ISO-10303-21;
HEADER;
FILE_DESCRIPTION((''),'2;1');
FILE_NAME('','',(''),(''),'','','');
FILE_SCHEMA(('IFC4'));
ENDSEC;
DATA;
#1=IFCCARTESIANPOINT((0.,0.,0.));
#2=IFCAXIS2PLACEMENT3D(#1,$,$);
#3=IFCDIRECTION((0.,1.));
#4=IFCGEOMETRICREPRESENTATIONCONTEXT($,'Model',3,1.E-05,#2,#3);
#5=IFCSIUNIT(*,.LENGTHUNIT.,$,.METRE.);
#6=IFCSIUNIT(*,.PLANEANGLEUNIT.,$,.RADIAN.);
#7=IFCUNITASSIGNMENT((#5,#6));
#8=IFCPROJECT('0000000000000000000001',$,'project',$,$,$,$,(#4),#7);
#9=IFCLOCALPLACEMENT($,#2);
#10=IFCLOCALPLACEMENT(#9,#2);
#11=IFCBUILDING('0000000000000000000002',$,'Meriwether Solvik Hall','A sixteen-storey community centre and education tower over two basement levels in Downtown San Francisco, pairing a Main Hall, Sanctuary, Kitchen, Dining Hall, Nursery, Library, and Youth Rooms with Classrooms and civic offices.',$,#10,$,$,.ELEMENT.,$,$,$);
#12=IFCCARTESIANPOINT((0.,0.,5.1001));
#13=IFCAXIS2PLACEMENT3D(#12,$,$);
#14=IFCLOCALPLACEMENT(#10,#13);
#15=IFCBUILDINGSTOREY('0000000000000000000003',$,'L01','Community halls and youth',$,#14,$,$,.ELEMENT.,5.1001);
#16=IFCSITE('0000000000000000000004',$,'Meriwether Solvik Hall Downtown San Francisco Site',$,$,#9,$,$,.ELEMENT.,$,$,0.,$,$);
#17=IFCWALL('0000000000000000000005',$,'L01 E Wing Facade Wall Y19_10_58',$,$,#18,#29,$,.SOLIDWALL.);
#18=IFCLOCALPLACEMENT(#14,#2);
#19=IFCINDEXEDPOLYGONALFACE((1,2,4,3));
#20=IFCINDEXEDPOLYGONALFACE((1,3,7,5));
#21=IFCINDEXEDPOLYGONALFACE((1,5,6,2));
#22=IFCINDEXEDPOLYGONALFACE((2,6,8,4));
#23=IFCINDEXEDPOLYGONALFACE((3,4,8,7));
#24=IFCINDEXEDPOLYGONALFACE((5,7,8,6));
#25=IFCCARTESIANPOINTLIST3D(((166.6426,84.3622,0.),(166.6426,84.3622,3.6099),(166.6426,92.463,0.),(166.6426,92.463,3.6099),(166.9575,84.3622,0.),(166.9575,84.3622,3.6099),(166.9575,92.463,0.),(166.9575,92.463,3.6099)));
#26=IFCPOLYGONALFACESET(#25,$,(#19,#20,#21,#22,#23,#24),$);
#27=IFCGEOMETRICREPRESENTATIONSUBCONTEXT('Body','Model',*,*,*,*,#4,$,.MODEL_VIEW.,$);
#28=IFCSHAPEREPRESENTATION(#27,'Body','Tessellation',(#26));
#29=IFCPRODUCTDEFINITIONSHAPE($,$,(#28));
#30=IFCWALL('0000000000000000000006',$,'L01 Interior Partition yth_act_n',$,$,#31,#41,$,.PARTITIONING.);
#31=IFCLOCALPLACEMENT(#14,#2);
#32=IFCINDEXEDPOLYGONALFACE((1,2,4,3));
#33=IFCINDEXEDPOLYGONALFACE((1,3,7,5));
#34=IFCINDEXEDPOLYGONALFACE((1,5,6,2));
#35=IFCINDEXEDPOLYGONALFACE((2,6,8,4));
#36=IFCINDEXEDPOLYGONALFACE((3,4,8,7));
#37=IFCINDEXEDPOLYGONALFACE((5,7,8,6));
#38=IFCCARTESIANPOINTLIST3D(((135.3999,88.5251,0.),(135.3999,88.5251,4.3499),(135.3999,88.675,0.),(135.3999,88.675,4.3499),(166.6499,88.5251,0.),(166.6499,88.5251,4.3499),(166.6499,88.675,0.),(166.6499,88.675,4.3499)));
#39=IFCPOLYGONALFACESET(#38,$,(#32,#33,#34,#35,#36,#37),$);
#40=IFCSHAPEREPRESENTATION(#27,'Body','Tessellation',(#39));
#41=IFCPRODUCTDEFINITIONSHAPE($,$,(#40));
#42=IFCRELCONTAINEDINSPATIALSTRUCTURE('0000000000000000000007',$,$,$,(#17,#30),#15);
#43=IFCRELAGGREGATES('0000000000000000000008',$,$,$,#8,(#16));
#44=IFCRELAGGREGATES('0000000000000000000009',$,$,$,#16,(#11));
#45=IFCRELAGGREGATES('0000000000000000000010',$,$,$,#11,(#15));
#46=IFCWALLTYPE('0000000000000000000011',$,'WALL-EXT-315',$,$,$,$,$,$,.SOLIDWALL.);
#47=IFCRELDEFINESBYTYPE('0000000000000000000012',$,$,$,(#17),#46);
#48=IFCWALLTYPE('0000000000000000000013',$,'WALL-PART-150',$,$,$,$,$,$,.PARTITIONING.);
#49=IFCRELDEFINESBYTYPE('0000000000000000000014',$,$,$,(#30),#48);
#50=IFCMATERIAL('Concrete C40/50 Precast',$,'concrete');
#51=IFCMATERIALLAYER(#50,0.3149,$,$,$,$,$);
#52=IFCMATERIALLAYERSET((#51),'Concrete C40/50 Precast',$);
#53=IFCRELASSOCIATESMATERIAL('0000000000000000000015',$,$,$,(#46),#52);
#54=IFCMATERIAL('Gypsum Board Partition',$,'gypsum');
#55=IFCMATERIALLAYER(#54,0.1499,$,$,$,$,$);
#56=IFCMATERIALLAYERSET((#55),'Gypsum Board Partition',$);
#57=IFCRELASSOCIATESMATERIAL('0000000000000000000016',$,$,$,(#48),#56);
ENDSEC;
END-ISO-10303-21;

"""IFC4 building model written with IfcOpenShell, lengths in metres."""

from ifc_helpers import new_model, si_unit, direction, frame, frame_2d, origin, place, context, subcontext, project, spatial, rectangle, extrude, material, layer, layer_set, type_object, element, save


model = new_model("IFC4")

# Units and contexts
model_context = context("Model", 3, precision=1e-05, world=origin(), true_north=direction((0.0, 1.0)))
body_context = subcontext(model_context, "Body", "Model", "MODEL_VIEW")
ifc_project = project(units=[si_unit("LENGTHUNIT", "METRE"), si_unit("PLANEANGLEUNIT", "RADIAN")], contexts=[model_context])

# Site, building, storey
site_placement = place(None, origin())
site = spatial("IfcSite", under=ifc_project, at=site_placement, Name="Meriwether Solvik Hall Downtown San Francisco Site", CompositionType="ELEMENT", RefElevation=0.0)
building_placement = place(site_placement, origin())
building = spatial("IfcBuilding", under=site, at=building_placement, Name="Meriwether Solvik Hall", Description="A sixteen-storey community centre and education tower over two basement levels in Downtown San Francisco, pairing a Main Hall, Sanctuary, Kitchen, Dining Hall, Nursery, Library, and Youth Rooms with Classrooms and civic offices.", CompositionType="ELEMENT")
storey_placement = place(building_placement, frame((0.0, 0.0, 5.1001)))
storey = spatial("IfcBuildingStorey", under=building, at=storey_placement, Name="L01", Description="Community halls and youth", CompositionType="ELEMENT", Elevation=5.1001)

# Shared definitions
ifc_material_1 = material(Name="Concrete C40/50 Precast", Category="concrete")
ifc_layer_1 = layer(ifc_material_1, 0.3149)
ifc_layer_set_1 = layer_set([ifc_layer_1], Name="Concrete C40/50 Precast")
wall_type_1 = type_object("IfcWallType", Name="WALL-EXT-315", PredefinedType="SOLIDWALL", material=ifc_layer_set_1)

# Walls
wall_1_placement = place(storey_placement, frame((166.8, 92.4629, 0.0), z_axis=(0.0, 0.0, 1.0), x_axis=(0.0, -1.0, 0.0)))
element("IfcWall", 1, at=wall_1_placement, inside=storey, type_object=wall_type_1, Name="L01 E Wing Facade Wall Y19_10_58", PredefinedType="SOLIDWALL", context=body_context, shape_type="SweptSolid", body=[
    extrude(rectangle(XDim=8.1008, YDim=0.3149, at=frame_2d((4.0503, 0.0))), origin(), (0.0, 0.0, 1.0), 3.6099),
])
ifc_material_2 = material(Name="Gypsum Board Partition", Category="gypsum")
ifc_layer_2 = layer(ifc_material_2, 0.1499)
ifc_layer_set_2 = layer_set([ifc_layer_2], Name="Gypsum Board Partition")
wall_type_2 = type_object("IfcWallType", Name="WALL-PART-150", PredefinedType="PARTITIONING", material=ifc_layer_set_2)
wall_2_placement = place(storey_placement, frame((166.6499, 88.6001, 0.0), z_axis=(0.0, 0.0, 1.0), x_axis=(-1.0, 0.0, 0.0)))
element("IfcWall", 2, at=wall_2_placement, inside=storey, type_object=wall_type_2, Name="L01 Interior Partition yth_act_n", PredefinedType="PARTITIONING", context=body_context, shape_type="SweptSolid", body=[
    extrude(rectangle(XDim=31.25, YDim=0.1499, at=frame_2d((15.625, 0.0))), origin(), (0.0, 0.0, 1.0), 4.3499),
])

save(model, "model.ifc")
